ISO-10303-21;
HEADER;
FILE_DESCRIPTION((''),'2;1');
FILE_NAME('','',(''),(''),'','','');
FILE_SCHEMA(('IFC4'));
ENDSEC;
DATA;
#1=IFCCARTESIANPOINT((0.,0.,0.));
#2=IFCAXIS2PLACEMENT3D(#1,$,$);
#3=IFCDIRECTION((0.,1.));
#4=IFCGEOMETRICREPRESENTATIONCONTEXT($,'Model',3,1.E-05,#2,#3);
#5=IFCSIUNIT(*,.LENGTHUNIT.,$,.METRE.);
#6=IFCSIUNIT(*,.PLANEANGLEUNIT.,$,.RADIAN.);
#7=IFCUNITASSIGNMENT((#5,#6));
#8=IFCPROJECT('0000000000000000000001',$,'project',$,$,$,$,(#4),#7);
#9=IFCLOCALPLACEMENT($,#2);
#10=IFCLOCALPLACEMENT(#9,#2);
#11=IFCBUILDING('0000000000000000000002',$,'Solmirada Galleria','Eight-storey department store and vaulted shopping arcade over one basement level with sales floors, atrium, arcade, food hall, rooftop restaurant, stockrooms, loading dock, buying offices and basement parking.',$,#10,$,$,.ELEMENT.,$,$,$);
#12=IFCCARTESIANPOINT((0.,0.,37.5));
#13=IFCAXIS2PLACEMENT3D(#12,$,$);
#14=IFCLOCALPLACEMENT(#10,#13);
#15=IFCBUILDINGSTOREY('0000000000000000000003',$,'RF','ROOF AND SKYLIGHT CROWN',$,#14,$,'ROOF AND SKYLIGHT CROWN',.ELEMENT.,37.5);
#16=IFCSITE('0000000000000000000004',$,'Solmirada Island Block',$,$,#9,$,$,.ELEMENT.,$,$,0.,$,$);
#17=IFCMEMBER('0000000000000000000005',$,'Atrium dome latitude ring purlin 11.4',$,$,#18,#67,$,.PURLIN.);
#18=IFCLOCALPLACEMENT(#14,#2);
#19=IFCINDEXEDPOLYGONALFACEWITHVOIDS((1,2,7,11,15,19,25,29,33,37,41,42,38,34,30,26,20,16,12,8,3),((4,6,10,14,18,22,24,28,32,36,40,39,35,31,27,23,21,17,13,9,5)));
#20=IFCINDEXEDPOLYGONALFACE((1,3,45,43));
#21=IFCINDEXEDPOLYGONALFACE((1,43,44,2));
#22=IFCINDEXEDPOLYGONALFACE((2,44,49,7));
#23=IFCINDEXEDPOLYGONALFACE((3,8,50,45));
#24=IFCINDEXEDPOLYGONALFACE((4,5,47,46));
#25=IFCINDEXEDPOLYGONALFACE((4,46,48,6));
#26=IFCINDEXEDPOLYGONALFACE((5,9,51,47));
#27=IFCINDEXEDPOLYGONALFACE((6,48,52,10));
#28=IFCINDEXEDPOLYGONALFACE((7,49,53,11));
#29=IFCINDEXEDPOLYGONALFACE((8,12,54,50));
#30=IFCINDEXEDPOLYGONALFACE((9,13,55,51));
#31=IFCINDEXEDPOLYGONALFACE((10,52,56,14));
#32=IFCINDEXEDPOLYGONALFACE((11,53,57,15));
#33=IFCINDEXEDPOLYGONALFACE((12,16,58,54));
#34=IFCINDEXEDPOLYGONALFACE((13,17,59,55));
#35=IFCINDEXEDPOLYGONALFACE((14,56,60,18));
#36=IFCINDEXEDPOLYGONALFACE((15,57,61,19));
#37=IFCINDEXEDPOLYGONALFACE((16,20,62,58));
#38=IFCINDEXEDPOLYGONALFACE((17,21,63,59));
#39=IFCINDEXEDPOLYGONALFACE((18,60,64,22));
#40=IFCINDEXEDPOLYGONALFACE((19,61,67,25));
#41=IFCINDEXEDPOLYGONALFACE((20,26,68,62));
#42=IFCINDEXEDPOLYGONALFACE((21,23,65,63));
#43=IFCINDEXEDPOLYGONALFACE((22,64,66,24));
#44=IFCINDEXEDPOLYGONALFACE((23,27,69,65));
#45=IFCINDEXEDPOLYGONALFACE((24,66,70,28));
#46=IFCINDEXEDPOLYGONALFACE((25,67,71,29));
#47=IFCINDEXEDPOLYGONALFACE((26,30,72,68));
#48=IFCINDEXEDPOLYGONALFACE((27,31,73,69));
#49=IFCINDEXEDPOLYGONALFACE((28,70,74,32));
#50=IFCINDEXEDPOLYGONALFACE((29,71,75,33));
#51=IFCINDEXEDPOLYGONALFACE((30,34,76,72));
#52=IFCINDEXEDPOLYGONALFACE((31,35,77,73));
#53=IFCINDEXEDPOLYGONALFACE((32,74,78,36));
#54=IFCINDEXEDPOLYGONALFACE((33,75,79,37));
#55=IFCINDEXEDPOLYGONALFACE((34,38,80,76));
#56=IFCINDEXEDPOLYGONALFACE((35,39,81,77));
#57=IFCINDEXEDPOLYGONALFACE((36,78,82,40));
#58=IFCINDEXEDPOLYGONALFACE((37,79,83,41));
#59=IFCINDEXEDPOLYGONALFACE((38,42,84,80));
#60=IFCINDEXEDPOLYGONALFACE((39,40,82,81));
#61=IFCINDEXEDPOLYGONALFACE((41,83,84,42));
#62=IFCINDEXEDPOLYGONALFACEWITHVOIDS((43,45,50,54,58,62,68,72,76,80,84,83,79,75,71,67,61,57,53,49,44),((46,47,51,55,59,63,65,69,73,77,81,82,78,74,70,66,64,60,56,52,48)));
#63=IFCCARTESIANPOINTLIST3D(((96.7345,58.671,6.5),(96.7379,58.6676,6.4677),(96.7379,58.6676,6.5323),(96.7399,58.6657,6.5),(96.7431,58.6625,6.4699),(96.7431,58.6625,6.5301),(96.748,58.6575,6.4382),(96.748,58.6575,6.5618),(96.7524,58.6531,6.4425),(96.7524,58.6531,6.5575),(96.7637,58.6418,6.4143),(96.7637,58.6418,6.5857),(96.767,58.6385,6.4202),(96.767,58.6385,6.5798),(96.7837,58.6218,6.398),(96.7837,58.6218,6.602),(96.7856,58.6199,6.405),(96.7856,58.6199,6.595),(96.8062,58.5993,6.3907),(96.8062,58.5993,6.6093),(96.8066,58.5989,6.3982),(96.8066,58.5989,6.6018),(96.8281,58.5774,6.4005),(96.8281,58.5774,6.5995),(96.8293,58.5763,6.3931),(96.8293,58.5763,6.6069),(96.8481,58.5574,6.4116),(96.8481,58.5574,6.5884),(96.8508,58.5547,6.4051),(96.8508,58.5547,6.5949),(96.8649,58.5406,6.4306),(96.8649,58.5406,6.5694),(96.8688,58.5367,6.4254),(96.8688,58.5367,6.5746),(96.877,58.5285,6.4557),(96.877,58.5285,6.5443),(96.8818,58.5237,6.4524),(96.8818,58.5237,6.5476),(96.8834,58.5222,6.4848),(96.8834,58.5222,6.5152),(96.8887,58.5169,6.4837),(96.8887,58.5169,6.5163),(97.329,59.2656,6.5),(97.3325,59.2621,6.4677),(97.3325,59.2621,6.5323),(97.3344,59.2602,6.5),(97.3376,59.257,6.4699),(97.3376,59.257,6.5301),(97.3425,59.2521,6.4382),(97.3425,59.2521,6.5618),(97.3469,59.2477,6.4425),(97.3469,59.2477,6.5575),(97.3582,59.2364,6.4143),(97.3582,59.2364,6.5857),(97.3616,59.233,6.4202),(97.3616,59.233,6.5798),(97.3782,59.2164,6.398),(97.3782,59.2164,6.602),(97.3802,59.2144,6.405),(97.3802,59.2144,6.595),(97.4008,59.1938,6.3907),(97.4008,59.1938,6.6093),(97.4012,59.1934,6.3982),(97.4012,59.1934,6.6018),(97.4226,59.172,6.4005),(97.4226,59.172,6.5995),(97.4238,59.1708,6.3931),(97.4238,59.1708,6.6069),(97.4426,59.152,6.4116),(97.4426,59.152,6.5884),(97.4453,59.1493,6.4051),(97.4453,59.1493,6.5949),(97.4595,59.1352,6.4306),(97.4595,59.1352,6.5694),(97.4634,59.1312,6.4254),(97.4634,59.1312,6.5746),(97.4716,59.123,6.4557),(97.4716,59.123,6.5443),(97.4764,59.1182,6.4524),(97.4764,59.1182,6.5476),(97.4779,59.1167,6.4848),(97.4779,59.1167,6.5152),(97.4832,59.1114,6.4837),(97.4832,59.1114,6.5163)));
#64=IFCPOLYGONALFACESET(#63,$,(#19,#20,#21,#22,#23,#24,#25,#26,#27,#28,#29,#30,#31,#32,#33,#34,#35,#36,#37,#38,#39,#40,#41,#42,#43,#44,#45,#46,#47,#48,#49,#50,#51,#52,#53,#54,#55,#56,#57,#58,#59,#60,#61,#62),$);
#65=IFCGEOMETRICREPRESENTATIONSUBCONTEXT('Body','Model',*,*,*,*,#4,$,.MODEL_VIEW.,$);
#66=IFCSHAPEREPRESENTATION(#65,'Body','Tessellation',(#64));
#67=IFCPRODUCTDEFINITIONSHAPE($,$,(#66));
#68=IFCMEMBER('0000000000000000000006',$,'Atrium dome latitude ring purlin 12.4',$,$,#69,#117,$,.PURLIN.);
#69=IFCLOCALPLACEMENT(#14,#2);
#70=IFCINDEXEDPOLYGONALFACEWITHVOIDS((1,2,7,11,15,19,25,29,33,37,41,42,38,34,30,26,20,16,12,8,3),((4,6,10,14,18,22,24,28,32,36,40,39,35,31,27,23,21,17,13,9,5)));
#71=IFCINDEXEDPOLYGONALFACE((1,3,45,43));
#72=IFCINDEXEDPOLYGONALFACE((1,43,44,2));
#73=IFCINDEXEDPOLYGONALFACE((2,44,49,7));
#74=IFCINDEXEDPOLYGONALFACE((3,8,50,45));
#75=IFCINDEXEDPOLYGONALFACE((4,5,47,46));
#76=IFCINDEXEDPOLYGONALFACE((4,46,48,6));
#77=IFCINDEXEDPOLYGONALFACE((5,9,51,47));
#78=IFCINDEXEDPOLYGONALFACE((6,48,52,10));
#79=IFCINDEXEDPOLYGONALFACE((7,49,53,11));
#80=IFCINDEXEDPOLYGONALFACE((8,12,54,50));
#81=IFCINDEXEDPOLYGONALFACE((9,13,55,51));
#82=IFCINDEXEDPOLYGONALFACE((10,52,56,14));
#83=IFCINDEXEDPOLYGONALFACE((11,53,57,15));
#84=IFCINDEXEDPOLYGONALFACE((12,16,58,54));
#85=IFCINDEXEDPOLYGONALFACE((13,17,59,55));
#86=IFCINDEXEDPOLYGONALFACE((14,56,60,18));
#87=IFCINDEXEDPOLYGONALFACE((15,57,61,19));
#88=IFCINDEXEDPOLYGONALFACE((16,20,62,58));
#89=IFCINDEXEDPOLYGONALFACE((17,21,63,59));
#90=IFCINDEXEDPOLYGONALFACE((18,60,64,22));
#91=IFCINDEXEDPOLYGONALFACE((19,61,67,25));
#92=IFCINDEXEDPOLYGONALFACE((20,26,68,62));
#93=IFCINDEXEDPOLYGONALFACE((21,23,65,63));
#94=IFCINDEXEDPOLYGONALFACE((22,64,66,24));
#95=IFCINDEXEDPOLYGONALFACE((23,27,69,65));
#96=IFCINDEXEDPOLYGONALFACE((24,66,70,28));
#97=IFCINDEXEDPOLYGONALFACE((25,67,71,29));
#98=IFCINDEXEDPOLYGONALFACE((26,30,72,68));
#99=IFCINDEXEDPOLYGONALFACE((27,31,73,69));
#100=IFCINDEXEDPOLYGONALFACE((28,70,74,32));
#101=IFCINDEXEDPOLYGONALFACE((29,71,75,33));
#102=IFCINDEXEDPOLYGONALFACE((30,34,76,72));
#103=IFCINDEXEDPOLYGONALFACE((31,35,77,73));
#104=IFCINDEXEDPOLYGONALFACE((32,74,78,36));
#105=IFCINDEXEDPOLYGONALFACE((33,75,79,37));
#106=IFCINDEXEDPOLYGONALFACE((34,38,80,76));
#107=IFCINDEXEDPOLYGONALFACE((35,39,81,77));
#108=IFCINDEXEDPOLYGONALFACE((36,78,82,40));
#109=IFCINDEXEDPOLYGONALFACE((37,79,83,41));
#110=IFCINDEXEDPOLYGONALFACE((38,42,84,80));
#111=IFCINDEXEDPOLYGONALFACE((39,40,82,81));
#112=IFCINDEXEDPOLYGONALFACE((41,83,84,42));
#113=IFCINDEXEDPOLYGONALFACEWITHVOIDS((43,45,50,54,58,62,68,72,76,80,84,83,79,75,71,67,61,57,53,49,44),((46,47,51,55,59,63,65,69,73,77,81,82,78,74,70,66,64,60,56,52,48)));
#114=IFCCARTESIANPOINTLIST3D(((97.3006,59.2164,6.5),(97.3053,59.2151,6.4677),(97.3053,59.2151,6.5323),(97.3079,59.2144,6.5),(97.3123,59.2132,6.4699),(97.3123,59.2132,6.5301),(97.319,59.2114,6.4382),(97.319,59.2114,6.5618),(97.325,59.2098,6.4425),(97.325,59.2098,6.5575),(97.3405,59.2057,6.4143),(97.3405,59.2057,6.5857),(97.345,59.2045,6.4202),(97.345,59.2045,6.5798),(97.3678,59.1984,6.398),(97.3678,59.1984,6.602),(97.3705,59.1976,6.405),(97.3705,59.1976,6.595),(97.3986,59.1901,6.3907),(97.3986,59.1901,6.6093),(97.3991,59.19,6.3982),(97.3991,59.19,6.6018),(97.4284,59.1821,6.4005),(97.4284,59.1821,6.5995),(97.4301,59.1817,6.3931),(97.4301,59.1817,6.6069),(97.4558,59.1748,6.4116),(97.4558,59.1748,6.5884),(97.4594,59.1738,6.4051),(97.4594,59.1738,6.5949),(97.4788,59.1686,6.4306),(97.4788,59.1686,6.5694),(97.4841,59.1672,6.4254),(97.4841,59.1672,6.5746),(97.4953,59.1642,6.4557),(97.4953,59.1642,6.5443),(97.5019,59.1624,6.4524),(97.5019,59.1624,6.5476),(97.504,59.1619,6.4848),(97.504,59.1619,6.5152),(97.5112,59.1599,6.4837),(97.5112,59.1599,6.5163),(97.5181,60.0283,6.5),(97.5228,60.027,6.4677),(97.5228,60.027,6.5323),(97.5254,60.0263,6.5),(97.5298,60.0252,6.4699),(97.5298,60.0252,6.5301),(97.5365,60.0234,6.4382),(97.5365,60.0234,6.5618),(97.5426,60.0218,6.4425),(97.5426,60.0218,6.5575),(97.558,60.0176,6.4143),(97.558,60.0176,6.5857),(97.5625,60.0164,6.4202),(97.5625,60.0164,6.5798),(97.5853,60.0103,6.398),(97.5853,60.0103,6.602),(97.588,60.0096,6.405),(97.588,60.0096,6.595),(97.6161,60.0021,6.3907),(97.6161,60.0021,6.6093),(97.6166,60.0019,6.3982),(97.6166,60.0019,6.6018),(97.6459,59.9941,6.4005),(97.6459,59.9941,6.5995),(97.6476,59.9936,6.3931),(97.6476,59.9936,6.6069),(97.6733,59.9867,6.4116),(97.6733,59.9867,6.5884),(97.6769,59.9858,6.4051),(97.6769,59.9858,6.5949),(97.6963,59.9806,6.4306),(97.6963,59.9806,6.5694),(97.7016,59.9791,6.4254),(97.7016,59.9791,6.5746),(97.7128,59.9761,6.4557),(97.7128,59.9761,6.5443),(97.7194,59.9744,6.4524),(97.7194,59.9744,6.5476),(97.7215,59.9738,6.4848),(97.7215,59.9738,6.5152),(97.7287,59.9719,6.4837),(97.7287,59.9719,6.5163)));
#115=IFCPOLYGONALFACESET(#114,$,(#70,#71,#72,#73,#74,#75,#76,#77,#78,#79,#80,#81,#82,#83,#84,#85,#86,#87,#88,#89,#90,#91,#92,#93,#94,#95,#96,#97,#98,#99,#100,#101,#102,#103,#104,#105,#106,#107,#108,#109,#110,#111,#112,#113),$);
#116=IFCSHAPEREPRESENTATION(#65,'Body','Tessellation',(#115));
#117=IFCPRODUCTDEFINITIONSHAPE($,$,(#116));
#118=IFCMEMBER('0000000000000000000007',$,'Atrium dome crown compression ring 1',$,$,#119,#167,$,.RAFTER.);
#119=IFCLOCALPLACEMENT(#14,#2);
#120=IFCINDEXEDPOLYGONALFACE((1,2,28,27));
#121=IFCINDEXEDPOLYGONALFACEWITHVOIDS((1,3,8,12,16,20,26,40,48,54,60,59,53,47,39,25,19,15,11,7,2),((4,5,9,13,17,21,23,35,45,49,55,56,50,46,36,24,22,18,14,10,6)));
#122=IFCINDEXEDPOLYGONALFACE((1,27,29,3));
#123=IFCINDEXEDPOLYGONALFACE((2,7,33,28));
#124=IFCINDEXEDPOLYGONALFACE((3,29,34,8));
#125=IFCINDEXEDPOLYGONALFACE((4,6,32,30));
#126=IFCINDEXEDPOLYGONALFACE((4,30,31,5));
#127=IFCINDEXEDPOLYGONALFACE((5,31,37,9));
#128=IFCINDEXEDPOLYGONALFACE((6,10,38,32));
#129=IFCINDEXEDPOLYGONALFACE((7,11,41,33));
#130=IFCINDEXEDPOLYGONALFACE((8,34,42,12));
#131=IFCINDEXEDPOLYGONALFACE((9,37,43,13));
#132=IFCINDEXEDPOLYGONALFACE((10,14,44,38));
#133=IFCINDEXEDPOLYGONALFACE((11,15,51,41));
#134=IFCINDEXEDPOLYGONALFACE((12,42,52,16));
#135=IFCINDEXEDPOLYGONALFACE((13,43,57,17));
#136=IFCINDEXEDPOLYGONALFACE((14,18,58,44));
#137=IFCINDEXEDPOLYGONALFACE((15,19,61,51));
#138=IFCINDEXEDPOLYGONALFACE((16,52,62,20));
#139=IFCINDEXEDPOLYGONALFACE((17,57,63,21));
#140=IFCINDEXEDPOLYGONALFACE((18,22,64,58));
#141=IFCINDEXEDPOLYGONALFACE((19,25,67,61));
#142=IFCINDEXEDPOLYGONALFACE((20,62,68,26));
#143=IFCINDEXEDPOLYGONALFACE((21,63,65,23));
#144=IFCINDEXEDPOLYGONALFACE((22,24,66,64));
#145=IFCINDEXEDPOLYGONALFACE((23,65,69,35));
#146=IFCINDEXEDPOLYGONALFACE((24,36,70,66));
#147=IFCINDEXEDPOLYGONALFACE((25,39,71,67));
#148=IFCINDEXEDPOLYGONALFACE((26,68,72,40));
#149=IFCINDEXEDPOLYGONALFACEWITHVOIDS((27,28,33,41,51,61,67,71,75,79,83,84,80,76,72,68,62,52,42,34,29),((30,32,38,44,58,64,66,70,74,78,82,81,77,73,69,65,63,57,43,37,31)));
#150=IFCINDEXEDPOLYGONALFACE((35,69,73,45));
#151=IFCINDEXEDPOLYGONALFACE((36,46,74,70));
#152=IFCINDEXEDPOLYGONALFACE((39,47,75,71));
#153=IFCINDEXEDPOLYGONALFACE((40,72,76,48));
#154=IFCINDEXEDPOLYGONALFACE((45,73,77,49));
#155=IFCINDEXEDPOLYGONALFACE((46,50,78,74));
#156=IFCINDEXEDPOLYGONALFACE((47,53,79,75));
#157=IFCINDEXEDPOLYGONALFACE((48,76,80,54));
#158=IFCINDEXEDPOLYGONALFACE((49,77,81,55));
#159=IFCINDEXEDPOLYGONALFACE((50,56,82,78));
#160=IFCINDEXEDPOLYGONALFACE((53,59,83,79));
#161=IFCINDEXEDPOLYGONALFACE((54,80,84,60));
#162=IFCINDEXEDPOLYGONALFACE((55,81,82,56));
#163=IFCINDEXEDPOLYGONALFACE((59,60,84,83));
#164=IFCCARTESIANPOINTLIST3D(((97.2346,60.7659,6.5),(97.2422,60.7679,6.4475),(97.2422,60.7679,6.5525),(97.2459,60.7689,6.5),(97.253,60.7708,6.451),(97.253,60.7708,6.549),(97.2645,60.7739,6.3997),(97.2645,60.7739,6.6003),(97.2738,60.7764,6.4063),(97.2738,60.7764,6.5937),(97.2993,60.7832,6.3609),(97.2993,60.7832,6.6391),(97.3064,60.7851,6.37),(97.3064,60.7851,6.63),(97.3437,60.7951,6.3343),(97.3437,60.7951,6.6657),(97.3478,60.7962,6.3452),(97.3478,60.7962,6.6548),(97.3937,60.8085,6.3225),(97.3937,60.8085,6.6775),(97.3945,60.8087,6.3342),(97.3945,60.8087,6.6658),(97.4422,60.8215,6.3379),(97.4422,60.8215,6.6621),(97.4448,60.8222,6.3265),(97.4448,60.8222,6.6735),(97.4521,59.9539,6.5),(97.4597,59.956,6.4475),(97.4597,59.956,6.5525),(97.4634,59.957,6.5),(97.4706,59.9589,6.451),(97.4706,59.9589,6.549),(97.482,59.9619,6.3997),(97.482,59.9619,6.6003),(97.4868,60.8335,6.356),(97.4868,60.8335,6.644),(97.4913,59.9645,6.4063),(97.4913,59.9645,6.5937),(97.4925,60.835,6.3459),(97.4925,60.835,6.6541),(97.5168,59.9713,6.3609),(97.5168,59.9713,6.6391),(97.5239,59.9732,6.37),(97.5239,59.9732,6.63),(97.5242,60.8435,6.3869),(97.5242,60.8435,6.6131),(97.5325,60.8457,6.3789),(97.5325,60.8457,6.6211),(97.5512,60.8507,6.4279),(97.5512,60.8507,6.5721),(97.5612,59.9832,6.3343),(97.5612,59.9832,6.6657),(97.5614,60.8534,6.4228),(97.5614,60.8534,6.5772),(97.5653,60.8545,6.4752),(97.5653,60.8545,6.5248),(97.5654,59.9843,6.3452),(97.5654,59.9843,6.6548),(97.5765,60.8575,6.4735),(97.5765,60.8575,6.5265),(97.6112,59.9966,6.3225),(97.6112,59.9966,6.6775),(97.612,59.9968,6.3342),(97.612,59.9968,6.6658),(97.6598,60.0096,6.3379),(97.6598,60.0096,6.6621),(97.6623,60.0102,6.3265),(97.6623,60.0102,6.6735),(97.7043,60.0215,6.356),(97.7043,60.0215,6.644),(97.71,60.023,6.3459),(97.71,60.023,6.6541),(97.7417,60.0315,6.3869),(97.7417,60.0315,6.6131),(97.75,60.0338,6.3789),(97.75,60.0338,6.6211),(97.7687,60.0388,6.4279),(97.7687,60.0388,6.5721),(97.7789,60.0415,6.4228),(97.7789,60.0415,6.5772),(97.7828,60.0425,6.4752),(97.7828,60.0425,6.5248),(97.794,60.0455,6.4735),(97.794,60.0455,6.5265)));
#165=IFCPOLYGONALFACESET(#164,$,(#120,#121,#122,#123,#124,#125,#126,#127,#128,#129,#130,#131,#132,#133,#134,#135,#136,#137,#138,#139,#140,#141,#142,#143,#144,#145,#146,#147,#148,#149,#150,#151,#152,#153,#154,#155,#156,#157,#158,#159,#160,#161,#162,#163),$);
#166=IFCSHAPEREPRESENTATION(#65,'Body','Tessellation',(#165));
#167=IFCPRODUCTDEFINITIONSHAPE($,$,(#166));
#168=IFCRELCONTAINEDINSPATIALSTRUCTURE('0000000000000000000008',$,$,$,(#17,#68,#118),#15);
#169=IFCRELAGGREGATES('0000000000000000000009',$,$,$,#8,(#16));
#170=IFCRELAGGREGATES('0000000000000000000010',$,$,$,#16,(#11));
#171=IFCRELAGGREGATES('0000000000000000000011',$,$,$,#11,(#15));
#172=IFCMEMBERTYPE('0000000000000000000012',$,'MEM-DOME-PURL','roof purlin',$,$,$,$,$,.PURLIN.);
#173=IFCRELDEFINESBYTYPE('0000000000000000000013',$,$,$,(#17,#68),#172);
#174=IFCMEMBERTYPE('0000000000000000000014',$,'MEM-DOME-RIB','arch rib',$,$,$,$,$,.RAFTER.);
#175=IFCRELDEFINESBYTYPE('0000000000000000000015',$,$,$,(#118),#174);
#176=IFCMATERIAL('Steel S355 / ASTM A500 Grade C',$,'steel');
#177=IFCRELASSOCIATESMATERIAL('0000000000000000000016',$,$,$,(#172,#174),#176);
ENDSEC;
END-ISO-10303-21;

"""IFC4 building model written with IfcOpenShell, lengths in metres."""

from ifc_helpers import new_model, si_unit, direction, frame, origin, origin_2d, place, context, subcontext, project, spatial, hollow_circle, extrude, material, material_profile, profile_set, type_object, element, save


model = new_model("IFC4")

# Units and contexts
model_context = context("Model", 3, precision=1e-05, world=origin(), true_north=direction((0.0, 1.0)))
body_context = subcontext(model_context, "Body", "Model", "MODEL_VIEW")
ifc_project = project(units=[si_unit("LENGTHUNIT", "METRE"), si_unit("PLANEANGLEUNIT", "RADIAN")], contexts=[model_context])

# Site, building, storey
site_placement = place(None, origin())
site = spatial("IfcSite", under=ifc_project, at=site_placement, Name="Solmirada Island Block", CompositionType="ELEMENT", RefElevation=0.0)
building_placement = place(site_placement, origin())
building = spatial("IfcBuilding", under=site, at=building_placement, Name="Solmirada Galleria", Description="Eight-storey department store and vaulted shopping arcade over one basement level with sales floors, atrium, arcade, food hall, rooftop restaurant, stockrooms, loading dock, buying offices and basement parking.", CompositionType="ELEMENT")
storey_placement = place(building_placement, frame((0.0, 0.0, 37.5)))
storey = spatial("IfcBuildingStorey", under=building, at=storey_placement, Name="RF", Description="ROOF AND SKYLIGHT CROWN", LongName="ROOF AND SKYLIGHT CROWN", CompositionType="ELEMENT", Elevation=37.5)

# Members
ifc_material_1 = material(Name="Steel S355 / ASTM A500 Grade C", Category="steel")
ifc_material_profile_1 = material_profile(ifc_material_1, hollow_circle(Radius=0.1096, WallThickness=0.0076, at=origin_2d()), Name="HSS8.625X0.322")
ifc_profile_set_1 = profile_set([ifc_material_profile_1], Name="Steel S355 / ASTM A500 Grade C")
member_type_1 = type_object("IfcMemberType", Name="MEM-DOME-PURL", Description="roof purlin", PredefinedType="PURLIN", material=ifc_profile_set_1)
member_1_placement = place(storey_placement, frame((96.812, 58.5935, 6.5), z_axis=(0.707107, 0.707107, 0.0), x_axis=(-0.707107, 0.707107, 0.0)))
element("IfcMember", 1, at=member_1_placement, inside=storey, type_object=member_type_1, Name="Atrium dome latitude ring purlin 11.4", PredefinedType="PURLIN", context=body_context, shape_type="SweptSolid", body=[
    extrude(hollow_circle(Radius=0.1096, WallThickness=0.0076, at=origin_2d()), origin(), (0.0, 0.0, 1.0), 0.8408),
])
member_2_placement = place(storey_placement, frame((97.4065, 59.188, 6.5), z_axis=(0.258765, 0.96594, 0.0), x_axis=(-0.96594, 0.258765, 0.0)))
element("IfcMember", 2, at=member_2_placement, inside=storey, type_object=member_type_1, Name="Atrium dome latitude ring purlin 12.4", PredefinedType="PURLIN", context=body_context, shape_type="SweptSolid", body=[
    extrude(hollow_circle(Radius=0.1096, WallThickness=0.0076, at=origin_2d()), origin(), (0.0, 0.0, 1.0), 0.8406),
])
ifc_material_profile_2 = material_profile(ifc_material_1, hollow_circle(Radius=0.178, WallThickness=0.0117, at=origin_2d()), Name="HSS14.000X0.500")
ifc_profile_set_2 = profile_set([ifc_material_profile_2], Name="Steel S355 / ASTM A500 Grade C")
member_type_2 = type_object("IfcMemberType", Name="MEM-DOME-RIB", Description="arch rib", PredefinedType="RAFTER", material=ifc_profile_set_2)
member_3_placement = place(storey_placement, frame((97.624, 60.0, 6.5), z_axis=(-0.258765, 0.96594, 0.0), x_axis=(-0.96594, -0.258765, 0.0)))
element("IfcMember", 3, at=member_3_placement, inside=storey, type_object=member_type_2, Name="Atrium dome crown compression ring 1", PredefinedType="RAFTER", context=body_context, shape_type="SweptSolid", body=[
    extrude(hollow_circle(Radius=0.178, WallThickness=0.0117, at=origin_2d()), origin(), (0.0, 0.0, 1.0), 0.8406),
])

save(model, "model.ifc")
